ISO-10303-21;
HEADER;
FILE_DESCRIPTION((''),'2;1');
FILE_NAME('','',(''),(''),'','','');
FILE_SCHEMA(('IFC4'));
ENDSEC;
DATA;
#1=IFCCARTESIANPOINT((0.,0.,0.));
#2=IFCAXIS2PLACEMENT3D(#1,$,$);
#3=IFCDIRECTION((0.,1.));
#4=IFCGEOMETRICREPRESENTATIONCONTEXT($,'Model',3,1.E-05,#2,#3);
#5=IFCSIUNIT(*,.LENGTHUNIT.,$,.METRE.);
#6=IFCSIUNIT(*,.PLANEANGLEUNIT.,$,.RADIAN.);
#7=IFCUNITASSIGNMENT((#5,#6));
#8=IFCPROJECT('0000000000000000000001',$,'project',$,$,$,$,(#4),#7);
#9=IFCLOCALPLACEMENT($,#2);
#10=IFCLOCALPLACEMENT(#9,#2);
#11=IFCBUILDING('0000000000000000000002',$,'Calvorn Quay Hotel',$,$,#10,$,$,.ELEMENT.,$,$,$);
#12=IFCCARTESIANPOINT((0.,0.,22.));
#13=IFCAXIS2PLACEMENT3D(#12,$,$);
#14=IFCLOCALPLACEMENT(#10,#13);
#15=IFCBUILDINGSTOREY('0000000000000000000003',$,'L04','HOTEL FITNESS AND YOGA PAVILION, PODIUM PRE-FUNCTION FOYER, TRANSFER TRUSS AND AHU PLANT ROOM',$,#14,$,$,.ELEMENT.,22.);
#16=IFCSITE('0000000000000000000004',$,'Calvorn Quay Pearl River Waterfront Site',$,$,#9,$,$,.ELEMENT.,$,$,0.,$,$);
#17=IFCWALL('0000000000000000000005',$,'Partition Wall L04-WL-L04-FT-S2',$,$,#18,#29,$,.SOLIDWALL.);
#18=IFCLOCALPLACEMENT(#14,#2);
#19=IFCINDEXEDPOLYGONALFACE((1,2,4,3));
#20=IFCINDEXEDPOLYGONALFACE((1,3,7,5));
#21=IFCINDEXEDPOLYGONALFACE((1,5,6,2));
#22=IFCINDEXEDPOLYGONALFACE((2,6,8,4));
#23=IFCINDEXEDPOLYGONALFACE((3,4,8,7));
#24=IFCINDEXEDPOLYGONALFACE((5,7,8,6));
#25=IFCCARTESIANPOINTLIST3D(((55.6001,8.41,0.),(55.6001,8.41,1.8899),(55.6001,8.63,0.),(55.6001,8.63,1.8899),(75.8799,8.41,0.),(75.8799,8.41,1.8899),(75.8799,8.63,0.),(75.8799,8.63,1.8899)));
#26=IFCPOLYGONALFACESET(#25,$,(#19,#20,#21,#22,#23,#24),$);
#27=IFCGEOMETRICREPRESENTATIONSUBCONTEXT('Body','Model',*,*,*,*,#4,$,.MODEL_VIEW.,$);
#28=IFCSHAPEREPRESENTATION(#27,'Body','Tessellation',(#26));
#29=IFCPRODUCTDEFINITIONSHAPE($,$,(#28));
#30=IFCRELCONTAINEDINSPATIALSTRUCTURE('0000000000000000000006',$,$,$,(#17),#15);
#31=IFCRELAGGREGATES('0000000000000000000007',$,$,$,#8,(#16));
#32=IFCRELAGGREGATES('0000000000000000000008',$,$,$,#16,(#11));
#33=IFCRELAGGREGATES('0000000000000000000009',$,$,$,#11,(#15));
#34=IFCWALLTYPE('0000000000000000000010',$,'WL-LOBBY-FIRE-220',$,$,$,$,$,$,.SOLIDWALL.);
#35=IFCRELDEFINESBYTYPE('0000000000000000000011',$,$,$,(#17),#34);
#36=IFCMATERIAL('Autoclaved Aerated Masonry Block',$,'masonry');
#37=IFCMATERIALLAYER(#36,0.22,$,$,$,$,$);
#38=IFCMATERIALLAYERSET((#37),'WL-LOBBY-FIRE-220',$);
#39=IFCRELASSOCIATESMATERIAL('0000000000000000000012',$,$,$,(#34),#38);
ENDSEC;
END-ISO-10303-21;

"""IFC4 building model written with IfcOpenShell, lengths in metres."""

from ifc_helpers import new_model, si_unit, direction, frame, frame_2d, origin, place, context, subcontext, project, spatial, rectangle, extrude, material, layer, layer_set, type_object, element, save


model = new_model("IFC4")

# Units and contexts
model_context = context("Model", 3, precision=1e-05, world=origin(), true_north=direction((0.0, 1.0)))
body_context = subcontext(model_context, "Body", "Model", "MODEL_VIEW")
ifc_project = project(units=[si_unit("LENGTHUNIT", "METRE"), si_unit("PLANEANGLEUNIT", "RADIAN")], contexts=[model_context])

# Site, building, storey
site_placement = place(None, origin())
site = spatial("IfcSite", under=ifc_project, at=site_placement, Name="Calvorn Quay Pearl River Waterfront Site", CompositionType="ELEMENT", RefElevation=0.0)
building_placement = place(site_placement, origin())
building = spatial("IfcBuilding", under=site, at=building_placement, Name="Calvorn Quay Hotel", CompositionType="ELEMENT")
storey_placement = place(building_placement, frame((0.0, 0.0, 22.0)))
storey = spatial("IfcBuildingStorey", under=building, at=storey_placement, Name="L04", Description="HOTEL FITNESS AND YOGA PAVILION, PODIUM PRE-FUNCTION FOYER, TRANSFER TRUSS AND AHU PLANT ROOM", CompositionType="ELEMENT", Elevation=22.0)

# Shared definitions
ifc_material_1 = material(Name="Autoclaved Aerated Masonry Block", Category="masonry")
ifc_layer_1 = layer(ifc_material_1, 0.22)
ifc_layer_set_1 = layer_set([ifc_layer_1], Name="WL-LOBBY-FIRE-220")
wall_type_1 = type_object("IfcWallType", Name="WL-LOBBY-FIRE-220", PredefinedType="SOLIDWALL", material=ifc_layer_set_1)

# Wall
wall_1_placement = place(storey_placement, frame((55.6001, 8.52, 0.0), z_axis=(0.0, 0.0, 1.0), x_axis=(1.0, 0.0, 0.0)))
element("IfcWall", 1, at=wall_1_placement, inside=storey, type_object=wall_type_1, Name="Partition Wall L04-WL-L04-FT-S2", PredefinedType="SOLIDWALL", context=body_context, shape_type="SweptSolid", body=[
    extrude(rectangle(XDim=20.2798, YDim=0.22, at=frame_2d((10.1399, 0.0))), origin(), (0.0, 0.0, 1.0), 1.8899),
])

save(model, "model.ifc")
